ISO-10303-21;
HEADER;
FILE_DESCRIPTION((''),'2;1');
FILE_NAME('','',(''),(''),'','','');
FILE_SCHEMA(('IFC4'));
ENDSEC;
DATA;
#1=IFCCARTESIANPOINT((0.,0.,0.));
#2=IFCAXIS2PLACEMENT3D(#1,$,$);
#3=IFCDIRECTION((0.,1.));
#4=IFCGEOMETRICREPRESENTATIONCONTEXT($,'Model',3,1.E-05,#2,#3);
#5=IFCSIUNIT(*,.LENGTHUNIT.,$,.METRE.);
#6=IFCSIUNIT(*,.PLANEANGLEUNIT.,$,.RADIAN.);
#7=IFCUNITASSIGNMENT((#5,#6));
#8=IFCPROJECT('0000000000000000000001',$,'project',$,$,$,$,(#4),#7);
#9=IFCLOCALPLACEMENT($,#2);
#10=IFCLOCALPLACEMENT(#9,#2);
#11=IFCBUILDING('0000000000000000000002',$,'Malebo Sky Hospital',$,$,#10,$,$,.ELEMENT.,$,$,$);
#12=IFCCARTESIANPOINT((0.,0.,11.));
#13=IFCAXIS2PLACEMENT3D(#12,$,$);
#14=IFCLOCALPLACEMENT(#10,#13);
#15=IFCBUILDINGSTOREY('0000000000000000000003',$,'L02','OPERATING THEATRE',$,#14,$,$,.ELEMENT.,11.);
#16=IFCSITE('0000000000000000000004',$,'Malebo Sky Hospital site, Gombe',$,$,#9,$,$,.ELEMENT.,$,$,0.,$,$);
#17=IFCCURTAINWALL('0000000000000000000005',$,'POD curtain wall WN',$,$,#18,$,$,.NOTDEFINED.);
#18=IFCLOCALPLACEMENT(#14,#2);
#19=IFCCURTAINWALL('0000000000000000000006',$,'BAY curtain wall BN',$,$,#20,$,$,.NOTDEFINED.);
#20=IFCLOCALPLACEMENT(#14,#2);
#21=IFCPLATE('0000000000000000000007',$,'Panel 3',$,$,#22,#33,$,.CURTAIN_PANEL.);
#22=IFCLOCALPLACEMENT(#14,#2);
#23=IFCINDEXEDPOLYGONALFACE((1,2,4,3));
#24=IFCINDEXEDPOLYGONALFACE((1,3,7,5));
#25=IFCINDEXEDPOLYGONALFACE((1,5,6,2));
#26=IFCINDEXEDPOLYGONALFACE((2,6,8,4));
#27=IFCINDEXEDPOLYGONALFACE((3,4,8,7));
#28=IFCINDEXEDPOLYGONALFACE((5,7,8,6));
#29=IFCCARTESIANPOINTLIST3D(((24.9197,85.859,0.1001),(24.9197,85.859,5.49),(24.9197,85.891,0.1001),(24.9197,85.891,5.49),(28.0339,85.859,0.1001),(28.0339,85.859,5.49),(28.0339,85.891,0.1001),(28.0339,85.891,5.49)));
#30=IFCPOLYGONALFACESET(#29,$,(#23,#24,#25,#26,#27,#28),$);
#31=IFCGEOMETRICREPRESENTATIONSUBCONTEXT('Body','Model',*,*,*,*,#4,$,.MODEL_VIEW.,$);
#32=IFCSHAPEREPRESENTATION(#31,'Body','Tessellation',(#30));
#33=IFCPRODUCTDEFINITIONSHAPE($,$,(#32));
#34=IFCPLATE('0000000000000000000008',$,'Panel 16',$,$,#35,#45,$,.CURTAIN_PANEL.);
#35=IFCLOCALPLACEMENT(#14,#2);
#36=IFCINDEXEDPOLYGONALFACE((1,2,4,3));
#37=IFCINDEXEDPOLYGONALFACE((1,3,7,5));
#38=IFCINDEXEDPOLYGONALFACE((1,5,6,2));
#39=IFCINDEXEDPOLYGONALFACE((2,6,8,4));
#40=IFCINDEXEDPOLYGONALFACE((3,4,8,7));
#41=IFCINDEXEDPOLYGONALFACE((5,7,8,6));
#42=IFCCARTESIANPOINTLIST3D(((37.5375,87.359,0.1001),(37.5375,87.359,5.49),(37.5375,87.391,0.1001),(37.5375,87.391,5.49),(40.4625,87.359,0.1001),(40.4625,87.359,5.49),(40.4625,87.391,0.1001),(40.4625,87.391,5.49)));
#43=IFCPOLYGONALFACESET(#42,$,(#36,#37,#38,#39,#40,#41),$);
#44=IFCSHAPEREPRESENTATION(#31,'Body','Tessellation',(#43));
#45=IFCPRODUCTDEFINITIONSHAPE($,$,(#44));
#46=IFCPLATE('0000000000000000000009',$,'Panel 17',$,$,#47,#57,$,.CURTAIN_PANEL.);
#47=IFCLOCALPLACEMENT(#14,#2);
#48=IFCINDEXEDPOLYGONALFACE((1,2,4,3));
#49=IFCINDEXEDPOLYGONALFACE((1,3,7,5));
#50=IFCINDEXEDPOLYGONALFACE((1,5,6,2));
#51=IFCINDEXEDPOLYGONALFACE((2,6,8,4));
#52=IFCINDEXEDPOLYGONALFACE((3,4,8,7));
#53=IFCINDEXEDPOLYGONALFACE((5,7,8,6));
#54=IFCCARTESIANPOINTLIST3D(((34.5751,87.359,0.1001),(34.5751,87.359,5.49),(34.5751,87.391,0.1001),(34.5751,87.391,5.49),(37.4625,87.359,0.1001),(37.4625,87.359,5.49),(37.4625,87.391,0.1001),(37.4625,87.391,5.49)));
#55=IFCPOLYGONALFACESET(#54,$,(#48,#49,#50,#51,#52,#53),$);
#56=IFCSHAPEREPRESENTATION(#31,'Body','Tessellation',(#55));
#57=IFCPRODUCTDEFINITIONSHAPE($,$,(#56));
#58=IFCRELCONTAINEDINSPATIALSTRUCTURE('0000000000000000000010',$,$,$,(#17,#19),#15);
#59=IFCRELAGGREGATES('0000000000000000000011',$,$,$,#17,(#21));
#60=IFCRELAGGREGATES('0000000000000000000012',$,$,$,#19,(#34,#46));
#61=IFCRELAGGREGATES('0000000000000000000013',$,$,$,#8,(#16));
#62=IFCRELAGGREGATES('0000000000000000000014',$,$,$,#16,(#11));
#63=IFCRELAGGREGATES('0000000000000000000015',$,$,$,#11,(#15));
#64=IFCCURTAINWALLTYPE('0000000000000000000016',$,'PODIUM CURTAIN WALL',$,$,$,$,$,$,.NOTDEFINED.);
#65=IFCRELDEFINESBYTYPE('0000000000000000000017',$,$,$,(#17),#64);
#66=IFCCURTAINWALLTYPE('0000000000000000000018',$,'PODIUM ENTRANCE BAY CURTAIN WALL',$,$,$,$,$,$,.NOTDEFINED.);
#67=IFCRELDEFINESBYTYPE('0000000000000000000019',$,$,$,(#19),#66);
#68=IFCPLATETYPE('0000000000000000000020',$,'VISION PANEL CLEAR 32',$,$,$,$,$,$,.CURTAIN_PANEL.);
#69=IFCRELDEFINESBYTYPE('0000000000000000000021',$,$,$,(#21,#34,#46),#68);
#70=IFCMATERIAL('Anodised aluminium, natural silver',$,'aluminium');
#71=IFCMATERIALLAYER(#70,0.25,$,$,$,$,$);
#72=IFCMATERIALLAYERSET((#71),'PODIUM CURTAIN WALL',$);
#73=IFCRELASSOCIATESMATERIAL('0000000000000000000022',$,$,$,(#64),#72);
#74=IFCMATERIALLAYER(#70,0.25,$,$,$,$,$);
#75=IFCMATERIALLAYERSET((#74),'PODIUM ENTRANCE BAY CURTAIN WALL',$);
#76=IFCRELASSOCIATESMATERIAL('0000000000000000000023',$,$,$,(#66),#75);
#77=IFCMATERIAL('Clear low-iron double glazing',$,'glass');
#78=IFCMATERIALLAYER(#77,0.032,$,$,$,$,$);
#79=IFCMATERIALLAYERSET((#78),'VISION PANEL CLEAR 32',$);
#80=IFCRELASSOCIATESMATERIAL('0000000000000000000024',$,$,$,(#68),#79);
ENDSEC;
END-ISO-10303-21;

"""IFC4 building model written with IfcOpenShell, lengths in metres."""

from ifc_helpers import new_model, si_unit, direction, frame, origin, origin_2d, place, context, subcontext, project, spatial, rectangle, extrude, material, layer, layer_set, type_object, element, aggregate, save


model = new_model("IFC4")

# Units and contexts
model_context = context("Model", 3, precision=1e-05, world=origin(), true_north=direction((0.0, 1.0)))
body_context = subcontext(model_context, "Body", "Model", "MODEL_VIEW")
ifc_project = project(units=[si_unit("LENGTHUNIT", "METRE"), si_unit("PLANEANGLEUNIT", "RADIAN")], contexts=[model_context])

# Site, building, storey
site_placement = place(None, origin())
site = spatial("IfcSite", under=ifc_project, at=site_placement, Name="Malebo Sky Hospital site, Gombe", CompositionType="ELEMENT", RefElevation=0.0)
building_placement = place(site_placement, origin())
building = spatial("IfcBuilding", under=site, at=building_placement, Name="Malebo Sky Hospital", CompositionType="ELEMENT")
storey_placement = place(building_placement, frame((0.0, 0.0, 11.0)))
storey = spatial("IfcBuildingStorey", under=building, at=storey_placement, Name="L02", Description="OPERATING THEATRE", CompositionType="ELEMENT", Elevation=11.0)

# Curtain walls
ifc_material_1 = material(Name="Anodised aluminium, natural silver", Category="aluminium")
ifc_layer_1 = layer(ifc_material_1, 0.25)
ifc_layer_set_1 = layer_set([ifc_layer_1], Name="PODIUM CURTAIN WALL")
curtain_wall_type_1 = type_object("IfcCurtainWallType", Name="PODIUM CURTAIN WALL", PredefinedType="NOTDEFINED", material=ifc_layer_set_1)
curtain_wall_1_placement = place(storey_placement, origin())
curtain_wall_1 = element("IfcCurtainWall", 1, at=curtain_wall_1_placement, inside=storey, type_object=curtain_wall_type_1, Name="POD curtain wall WN", PredefinedType="NOTDEFINED")
ifc_layer_2 = layer(ifc_material_1, 0.25)
ifc_layer_set_2 = layer_set([ifc_layer_2], Name="PODIUM ENTRANCE BAY CURTAIN WALL")
curtain_wall_type_2 = type_object("IfcCurtainWallType", Name="PODIUM ENTRANCE BAY CURTAIN WALL", PredefinedType="NOTDEFINED", material=ifc_layer_set_2)
curtain_wall_2_placement = place(storey_placement, origin())
curtain_wall_2 = element("IfcCurtainWall", 2, at=curtain_wall_2_placement, inside=storey, type_object=curtain_wall_type_2, Name="BAY curtain wall BN", PredefinedType="NOTDEFINED")

# Plates
ifc_material_2 = material(Name="Clear low-iron double glazing", Category="glass")
ifc_layer_3 = layer(ifc_material_2, 0.032)
ifc_layer_set_3 = layer_set([ifc_layer_3], Name="VISION PANEL CLEAR 32")
plate_type = type_object("IfcPlateType", Name="VISION PANEL CLEAR 32", PredefinedType="CURTAIN_PANEL", material=ifc_layer_set_3)
plate_1_placement = place(storey_placement, frame((26.4768, 85.875, 0.1001), z_axis=(0.0, 0.0, 1.0), x_axis=(-1.0, 0.0, 0.0)))
plate_1 = element("IfcPlate", 3, at=plate_1_placement, type_object=plate_type, Name="Panel 3", PredefinedType="CURTAIN_PANEL", context=body_context, shape_type="SweptSolid", body=[
    extrude(rectangle(XDim=3.1143, YDim=0.032, at=origin_2d()), origin(), (0.0, 0.0, 1.0), 5.3899),
])
aggregate(curtain_wall_1, [plate_1])
plate_2_placement = place(storey_placement, frame((39.0, 87.375, 0.1001), z_axis=(0.0, 0.0, 1.0), x_axis=(-1.0, 0.0, 0.0)))
plate_2 = element("IfcPlate", 4, at=plate_2_placement, type_object=plate_type, Name="Panel 16", PredefinedType="CURTAIN_PANEL", context=body_context, shape_type="SweptSolid", body=[
    extrude(rectangle(XDim=2.925, YDim=0.032, at=origin_2d()), origin(), (0.0, 0.0, 1.0), 5.3899),
])
plate_3_placement = place(storey_placement, frame((36.0188, 87.375, 0.1001), z_axis=(0.0, 0.0, 1.0), x_axis=(-1.0, 0.0, 0.0)))
plate_3 = element("IfcPlate", 5, at=plate_3_placement, type_object=plate_type, Name="Panel 17", PredefinedType="CURTAIN_PANEL", context=body_context, shape_type="SweptSolid", body=[
    extrude(rectangle(XDim=2.8875, YDim=0.032, at=origin_2d()), origin(), (0.0, 0.0, 1.0), 5.3899),
])
aggregate(curtain_wall_2, [plate_2, plate_3])

save(model, "model.ifc")
